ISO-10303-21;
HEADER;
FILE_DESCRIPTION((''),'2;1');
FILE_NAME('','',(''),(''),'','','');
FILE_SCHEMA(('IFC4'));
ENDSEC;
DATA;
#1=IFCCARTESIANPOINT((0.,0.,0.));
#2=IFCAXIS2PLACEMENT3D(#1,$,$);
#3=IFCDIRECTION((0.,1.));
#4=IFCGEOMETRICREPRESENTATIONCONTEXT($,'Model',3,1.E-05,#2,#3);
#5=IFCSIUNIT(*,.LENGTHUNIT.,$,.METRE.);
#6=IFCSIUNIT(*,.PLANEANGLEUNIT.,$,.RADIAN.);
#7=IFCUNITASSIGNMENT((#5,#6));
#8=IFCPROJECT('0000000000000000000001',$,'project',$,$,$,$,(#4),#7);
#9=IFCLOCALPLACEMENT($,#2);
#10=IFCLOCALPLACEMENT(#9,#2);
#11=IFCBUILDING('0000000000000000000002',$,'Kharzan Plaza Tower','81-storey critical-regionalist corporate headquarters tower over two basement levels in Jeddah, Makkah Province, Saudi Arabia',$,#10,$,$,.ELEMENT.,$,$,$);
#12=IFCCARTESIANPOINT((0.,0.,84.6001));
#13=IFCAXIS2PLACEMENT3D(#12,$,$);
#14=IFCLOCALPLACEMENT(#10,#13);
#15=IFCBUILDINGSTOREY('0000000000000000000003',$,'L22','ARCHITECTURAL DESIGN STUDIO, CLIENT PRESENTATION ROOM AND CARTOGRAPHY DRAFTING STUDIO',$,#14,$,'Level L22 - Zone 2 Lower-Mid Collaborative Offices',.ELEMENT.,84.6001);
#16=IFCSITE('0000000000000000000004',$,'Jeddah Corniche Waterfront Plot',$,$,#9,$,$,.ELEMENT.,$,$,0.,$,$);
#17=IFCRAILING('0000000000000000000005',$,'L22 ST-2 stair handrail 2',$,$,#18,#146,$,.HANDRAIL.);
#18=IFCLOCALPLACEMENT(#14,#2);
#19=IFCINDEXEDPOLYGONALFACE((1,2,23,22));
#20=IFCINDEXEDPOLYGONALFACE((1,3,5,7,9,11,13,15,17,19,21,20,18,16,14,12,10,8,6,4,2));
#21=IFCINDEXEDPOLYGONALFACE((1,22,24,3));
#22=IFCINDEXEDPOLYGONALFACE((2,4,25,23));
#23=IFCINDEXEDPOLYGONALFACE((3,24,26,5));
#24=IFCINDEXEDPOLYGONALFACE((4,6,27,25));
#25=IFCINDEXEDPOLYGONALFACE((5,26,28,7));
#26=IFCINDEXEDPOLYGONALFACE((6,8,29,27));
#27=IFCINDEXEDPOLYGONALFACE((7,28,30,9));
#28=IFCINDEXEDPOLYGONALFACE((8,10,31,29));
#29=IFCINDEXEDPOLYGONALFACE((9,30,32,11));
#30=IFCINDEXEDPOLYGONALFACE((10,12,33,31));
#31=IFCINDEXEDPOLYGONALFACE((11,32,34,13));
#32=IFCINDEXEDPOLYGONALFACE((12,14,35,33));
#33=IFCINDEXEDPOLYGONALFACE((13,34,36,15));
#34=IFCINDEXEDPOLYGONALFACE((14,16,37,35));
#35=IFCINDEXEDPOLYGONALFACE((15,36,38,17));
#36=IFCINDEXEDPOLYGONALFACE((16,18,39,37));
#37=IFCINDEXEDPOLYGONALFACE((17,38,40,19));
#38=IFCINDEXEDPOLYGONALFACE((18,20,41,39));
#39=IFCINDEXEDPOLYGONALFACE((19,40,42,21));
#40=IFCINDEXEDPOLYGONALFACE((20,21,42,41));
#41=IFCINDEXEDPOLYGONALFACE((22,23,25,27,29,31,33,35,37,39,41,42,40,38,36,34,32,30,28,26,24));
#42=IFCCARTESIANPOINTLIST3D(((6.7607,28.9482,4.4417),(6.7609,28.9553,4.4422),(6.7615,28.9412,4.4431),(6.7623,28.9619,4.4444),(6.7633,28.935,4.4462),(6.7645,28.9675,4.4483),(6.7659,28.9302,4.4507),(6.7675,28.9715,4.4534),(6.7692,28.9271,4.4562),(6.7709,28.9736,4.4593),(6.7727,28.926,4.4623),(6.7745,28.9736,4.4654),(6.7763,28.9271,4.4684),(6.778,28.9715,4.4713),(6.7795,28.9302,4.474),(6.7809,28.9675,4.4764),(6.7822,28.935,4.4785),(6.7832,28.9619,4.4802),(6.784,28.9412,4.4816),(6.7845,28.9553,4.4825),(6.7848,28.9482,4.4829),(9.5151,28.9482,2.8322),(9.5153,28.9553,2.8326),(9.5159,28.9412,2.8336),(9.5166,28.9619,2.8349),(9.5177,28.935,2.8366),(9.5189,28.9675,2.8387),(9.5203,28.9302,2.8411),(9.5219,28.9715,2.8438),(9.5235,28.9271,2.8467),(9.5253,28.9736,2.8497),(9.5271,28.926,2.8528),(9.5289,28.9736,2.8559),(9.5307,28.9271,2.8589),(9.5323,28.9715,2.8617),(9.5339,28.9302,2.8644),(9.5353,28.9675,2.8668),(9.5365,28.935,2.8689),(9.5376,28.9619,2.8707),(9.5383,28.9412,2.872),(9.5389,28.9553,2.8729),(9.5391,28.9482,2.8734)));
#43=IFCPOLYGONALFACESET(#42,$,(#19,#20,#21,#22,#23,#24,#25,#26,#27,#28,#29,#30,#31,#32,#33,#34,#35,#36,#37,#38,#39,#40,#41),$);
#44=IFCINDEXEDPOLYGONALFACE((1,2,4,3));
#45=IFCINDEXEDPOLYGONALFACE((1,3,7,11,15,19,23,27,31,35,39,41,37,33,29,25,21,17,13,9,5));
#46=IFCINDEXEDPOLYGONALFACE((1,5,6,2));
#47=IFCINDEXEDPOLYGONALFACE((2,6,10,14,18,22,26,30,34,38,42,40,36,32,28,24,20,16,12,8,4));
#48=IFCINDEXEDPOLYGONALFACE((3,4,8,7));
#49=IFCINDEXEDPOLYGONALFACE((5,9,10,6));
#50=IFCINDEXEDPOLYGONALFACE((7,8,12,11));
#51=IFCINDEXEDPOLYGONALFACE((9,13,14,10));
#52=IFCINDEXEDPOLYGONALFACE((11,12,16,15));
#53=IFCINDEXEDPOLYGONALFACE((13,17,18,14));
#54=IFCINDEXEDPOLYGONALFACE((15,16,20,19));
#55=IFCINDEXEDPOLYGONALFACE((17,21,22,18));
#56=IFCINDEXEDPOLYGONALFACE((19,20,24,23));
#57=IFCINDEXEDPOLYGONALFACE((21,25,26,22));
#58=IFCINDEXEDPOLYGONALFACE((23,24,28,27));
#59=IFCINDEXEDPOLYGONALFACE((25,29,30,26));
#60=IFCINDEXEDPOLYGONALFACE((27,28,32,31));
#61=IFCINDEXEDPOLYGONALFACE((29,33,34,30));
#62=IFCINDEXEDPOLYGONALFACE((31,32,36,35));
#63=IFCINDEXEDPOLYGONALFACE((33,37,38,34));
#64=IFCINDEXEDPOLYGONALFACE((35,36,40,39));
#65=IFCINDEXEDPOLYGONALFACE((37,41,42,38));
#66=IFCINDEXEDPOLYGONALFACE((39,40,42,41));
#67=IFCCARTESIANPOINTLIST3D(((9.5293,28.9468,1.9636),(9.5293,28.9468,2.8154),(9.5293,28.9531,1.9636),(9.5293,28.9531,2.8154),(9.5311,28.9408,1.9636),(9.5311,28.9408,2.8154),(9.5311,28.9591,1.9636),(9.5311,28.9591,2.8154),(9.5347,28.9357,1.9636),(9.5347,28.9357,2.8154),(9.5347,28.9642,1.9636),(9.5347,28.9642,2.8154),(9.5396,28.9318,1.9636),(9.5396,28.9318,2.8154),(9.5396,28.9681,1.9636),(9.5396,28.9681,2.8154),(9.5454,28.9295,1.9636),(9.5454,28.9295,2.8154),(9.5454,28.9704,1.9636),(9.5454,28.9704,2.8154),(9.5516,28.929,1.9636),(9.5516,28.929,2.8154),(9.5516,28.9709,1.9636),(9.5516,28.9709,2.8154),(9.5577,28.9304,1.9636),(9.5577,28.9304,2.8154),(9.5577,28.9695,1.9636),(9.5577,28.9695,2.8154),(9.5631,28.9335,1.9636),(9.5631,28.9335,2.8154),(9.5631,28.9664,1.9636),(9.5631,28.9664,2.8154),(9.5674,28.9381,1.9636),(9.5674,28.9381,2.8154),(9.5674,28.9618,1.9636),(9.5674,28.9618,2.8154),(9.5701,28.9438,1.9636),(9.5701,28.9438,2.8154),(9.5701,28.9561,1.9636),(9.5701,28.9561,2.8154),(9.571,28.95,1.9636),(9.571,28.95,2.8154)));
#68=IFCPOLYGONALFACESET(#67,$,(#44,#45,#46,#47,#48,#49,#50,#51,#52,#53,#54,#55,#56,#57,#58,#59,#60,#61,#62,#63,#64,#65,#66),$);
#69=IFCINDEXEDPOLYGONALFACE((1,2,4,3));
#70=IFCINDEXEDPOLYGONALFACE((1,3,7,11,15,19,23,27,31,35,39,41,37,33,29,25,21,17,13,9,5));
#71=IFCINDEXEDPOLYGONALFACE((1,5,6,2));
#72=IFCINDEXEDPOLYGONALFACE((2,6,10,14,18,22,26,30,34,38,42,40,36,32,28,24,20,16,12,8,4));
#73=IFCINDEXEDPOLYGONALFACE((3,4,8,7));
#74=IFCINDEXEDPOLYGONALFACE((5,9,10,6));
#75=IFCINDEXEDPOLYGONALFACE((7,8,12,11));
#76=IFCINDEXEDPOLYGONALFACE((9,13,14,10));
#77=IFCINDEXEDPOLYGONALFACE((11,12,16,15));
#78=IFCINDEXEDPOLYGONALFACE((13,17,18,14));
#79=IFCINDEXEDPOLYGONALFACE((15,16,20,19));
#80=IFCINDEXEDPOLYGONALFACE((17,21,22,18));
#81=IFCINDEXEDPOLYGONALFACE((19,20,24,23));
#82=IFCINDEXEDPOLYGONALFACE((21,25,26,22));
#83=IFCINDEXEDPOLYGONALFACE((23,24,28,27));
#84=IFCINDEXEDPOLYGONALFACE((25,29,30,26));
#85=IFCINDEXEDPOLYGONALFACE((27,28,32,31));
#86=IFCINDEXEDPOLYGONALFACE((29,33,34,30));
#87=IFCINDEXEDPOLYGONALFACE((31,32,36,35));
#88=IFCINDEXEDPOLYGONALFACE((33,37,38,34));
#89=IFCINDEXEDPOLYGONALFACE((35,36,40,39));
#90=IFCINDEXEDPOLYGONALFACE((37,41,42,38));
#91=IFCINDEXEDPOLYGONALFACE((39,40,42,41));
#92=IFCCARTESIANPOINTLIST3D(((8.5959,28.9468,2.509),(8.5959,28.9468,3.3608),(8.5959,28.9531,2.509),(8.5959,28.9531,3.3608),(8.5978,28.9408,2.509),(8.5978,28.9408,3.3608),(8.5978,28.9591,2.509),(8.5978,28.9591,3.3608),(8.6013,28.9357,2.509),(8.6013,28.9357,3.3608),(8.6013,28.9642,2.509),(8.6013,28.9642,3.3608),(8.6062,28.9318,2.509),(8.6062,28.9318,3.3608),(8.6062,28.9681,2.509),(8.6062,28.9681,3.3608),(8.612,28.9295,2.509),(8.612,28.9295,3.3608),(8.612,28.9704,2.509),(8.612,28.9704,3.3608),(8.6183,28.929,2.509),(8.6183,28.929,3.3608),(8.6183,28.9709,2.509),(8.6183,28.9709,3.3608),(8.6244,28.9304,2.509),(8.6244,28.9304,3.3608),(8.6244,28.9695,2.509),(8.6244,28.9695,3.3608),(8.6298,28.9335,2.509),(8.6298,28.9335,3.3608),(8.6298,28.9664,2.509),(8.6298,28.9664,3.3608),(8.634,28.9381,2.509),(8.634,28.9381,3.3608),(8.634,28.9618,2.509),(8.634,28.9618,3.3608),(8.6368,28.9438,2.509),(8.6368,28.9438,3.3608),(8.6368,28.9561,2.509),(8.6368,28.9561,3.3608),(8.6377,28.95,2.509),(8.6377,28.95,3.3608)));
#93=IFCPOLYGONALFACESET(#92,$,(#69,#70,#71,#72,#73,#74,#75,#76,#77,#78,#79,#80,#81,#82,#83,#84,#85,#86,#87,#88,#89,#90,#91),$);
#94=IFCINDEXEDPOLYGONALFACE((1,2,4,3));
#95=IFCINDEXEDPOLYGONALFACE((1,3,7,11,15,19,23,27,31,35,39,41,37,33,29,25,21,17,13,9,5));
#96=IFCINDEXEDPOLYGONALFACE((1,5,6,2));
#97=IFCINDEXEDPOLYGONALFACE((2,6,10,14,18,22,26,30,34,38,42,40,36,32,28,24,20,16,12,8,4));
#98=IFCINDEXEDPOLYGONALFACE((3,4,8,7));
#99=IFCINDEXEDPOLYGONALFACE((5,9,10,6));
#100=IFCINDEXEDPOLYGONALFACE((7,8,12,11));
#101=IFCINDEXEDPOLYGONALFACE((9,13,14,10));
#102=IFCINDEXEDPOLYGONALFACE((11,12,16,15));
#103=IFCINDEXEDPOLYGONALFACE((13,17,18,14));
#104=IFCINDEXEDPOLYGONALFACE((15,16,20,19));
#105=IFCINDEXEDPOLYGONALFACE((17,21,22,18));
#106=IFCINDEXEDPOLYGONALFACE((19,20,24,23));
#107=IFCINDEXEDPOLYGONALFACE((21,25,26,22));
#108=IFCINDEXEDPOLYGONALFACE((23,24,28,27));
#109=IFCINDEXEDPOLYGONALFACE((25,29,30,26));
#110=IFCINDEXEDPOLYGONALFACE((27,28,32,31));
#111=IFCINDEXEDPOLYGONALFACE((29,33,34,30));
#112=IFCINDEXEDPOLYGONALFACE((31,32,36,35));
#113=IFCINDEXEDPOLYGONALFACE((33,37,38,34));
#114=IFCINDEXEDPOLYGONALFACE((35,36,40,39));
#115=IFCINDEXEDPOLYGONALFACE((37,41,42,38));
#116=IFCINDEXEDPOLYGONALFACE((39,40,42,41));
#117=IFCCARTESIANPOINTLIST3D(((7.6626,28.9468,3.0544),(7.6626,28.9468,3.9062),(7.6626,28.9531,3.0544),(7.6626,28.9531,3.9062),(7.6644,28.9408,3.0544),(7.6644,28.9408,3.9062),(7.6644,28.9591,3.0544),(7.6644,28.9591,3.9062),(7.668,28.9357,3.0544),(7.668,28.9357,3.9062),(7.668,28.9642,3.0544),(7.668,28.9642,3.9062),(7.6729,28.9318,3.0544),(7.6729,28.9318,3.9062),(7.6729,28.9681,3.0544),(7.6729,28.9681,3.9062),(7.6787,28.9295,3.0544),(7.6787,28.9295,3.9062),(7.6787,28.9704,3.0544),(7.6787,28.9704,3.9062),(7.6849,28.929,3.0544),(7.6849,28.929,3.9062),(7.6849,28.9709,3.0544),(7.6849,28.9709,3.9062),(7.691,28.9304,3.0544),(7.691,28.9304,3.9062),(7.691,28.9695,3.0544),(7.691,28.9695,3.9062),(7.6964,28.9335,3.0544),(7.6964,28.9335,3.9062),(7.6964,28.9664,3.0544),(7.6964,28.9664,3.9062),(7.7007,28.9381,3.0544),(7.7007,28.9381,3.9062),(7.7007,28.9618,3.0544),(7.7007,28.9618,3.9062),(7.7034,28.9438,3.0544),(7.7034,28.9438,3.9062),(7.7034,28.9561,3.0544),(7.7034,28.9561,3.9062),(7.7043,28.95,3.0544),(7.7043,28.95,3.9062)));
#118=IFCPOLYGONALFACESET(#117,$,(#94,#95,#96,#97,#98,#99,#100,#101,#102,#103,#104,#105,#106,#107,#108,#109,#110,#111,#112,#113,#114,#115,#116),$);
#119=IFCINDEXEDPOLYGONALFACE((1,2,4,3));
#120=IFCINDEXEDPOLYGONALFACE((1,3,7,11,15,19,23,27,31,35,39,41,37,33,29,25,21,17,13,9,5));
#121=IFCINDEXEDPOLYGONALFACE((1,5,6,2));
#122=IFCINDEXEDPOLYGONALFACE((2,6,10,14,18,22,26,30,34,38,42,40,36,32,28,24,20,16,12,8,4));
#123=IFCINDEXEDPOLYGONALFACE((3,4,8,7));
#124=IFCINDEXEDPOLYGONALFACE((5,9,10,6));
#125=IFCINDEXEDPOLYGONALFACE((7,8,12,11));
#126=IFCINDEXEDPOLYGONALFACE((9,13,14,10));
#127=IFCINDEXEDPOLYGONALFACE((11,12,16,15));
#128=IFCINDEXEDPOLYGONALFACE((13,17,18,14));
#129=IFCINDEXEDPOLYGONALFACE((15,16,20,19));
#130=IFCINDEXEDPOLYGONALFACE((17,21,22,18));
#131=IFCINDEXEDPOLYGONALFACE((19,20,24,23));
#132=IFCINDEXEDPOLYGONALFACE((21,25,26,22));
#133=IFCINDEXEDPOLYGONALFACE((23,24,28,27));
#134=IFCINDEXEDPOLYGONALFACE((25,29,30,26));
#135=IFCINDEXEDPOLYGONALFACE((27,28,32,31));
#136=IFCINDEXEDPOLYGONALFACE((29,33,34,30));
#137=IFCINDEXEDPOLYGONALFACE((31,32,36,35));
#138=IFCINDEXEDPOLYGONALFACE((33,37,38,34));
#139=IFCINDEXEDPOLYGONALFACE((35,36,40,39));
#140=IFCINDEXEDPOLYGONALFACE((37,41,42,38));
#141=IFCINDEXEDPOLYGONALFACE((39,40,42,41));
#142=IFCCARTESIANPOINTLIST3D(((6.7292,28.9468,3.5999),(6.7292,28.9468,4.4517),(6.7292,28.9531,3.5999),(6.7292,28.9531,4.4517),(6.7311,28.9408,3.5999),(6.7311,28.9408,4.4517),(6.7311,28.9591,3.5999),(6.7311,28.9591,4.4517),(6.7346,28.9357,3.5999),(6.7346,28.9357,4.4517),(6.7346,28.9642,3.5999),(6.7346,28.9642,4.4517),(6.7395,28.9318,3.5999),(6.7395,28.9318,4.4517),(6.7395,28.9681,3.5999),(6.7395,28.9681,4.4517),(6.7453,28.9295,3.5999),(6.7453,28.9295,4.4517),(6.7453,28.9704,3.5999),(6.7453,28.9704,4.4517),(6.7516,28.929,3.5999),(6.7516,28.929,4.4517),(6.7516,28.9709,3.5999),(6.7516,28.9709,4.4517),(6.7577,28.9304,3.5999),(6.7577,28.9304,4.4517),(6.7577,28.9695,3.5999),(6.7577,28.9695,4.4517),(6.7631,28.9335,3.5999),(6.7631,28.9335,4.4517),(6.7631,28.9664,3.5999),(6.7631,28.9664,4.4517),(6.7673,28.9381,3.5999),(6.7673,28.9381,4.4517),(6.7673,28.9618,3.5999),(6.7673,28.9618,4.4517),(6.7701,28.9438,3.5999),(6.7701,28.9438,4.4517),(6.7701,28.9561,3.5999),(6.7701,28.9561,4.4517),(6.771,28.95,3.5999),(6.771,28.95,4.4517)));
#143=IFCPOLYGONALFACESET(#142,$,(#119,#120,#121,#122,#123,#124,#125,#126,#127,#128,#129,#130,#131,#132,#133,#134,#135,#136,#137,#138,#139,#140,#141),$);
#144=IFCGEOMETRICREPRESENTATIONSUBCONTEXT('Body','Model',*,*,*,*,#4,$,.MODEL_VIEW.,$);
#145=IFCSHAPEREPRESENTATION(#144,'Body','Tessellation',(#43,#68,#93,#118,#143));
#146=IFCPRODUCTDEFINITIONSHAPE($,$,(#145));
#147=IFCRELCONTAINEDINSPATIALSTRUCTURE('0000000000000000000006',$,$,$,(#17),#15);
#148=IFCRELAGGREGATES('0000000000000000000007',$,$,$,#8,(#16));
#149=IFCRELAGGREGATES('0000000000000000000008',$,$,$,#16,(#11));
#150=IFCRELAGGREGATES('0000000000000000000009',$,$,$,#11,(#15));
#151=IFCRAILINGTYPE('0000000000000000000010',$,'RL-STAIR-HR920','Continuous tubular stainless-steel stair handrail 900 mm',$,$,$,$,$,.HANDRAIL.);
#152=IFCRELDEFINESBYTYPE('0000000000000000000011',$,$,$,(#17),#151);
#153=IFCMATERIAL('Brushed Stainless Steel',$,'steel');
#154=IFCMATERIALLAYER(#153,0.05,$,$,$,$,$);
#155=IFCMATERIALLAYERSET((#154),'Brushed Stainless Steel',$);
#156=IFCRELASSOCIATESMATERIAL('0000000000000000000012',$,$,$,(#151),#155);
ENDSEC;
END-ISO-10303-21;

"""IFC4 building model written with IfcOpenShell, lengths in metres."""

from ifc_helpers import new_model, si_unit, direction, frame, origin, origin_2d, place, context, subcontext, project, spatial, circle, extrude, source, transform, mapped, material, layer, layer_set, type_object, element, save


model = new_model("IFC4")

# Units and contexts
model_context = context("Model", 3, precision=1e-05, world=origin(), true_north=direction((0.0, 1.0)))
body_context = subcontext(model_context, "Body", "Model", "MODEL_VIEW")
ifc_project = project(units=[si_unit("LENGTHUNIT", "METRE"), si_unit("PLANEANGLEUNIT", "RADIAN")], contexts=[model_context])

# Site, building, storey
site_placement = place(None, origin())
site = spatial("IfcSite", under=ifc_project, at=site_placement, Name="Jeddah Corniche Waterfront Plot", CompositionType="ELEMENT", RefElevation=0.0)
building_placement = place(site_placement, origin())
building = spatial("IfcBuilding", under=site, at=building_placement, Name="Kharzan Plaza Tower", Description="81-storey critical-regionalist corporate headquarters tower over two basement levels in Jeddah, Makkah Province, Saudi Arabia", CompositionType="ELEMENT")
storey_placement = place(building_placement, frame((0.0, 0.0, 84.6001)))
storey = spatial("IfcBuildingStorey", under=building, at=storey_placement, Name="L22", Description="ARCHITECTURAL DESIGN STUDIO, CLIENT PRESENTATION ROOM AND CARTOGRAPHY DRAFTING STUDIO", LongName="Level L22 - Zone 2 Lower-Mid Collaborative Offices", CompositionType="ELEMENT", Elevation=84.6001)

# Shared definitions
ifc_material_1 = material(Name="Brushed Stainless Steel", Category="steel")

# Railing
ifc_layer_1 = layer(ifc_material_1, 0.05)
ifc_layer_set_1 = layer_set([ifc_layer_1], Name="Brushed Stainless Steel")
railing_type_1 = type_object("IfcRailingType", Name="RL-STAIR-HR920", Description="Continuous tubular stainless-steel stair handrail 900 mm", PredefinedType="HANDRAIL", material=ifc_layer_set_1)
shared_shape_1 = source(origin(), body_context, "Body", "SweptSolid", [
    extrude(circle(Radius=0.0239, at=origin_2d()), frame((-0.0229, 0.0, 0.8892), z_axis=(-0.863394, 0.0, 0.504531), x_axis=(0.0, -1.0, 0.0)), (0.0, 0.0, 1.0), 3.1902),
    extrude(circle(Radius=0.021, at=origin_2d()), origin(), (0.0, 0.0, 1.0), 0.8518),
    extrude(circle(Radius=0.021, at=origin_2d()), frame((-0.9333, 0.0, 0.5454)), (0.0, 0.0, 1.0), 0.8518),
    extrude(circle(Radius=0.021, at=origin_2d()), frame((-1.8667, 0.0, 1.0908)), (0.0, 0.0, 1.0), 0.8518),
    extrude(circle(Radius=0.021, at=origin_2d()), frame((-2.8, 0.0, 1.6362)), (0.0, 0.0, 1.0), 0.8518),
])
railing_1_placement = place(storey_placement, frame((9.55, 28.95, 1.9636)))
element("IfcRailing", 1, at=railing_1_placement, inside=storey, type_object=railing_type_1, Name="L22 ST-2 stair handrail 2", PredefinedType="HANDRAIL", context=body_context, shape_type="MappedRepresentation", body=[
    mapped(shared_shape_1, transform((0.0, 0.0, 0.0), x_axis=(1.0, 0.0, 0.0), y_axis=(0.0, 1.0, 0.0), z_axis=(0.0, 0.0, 1.0))),
])

save(model, "model.ifc")
